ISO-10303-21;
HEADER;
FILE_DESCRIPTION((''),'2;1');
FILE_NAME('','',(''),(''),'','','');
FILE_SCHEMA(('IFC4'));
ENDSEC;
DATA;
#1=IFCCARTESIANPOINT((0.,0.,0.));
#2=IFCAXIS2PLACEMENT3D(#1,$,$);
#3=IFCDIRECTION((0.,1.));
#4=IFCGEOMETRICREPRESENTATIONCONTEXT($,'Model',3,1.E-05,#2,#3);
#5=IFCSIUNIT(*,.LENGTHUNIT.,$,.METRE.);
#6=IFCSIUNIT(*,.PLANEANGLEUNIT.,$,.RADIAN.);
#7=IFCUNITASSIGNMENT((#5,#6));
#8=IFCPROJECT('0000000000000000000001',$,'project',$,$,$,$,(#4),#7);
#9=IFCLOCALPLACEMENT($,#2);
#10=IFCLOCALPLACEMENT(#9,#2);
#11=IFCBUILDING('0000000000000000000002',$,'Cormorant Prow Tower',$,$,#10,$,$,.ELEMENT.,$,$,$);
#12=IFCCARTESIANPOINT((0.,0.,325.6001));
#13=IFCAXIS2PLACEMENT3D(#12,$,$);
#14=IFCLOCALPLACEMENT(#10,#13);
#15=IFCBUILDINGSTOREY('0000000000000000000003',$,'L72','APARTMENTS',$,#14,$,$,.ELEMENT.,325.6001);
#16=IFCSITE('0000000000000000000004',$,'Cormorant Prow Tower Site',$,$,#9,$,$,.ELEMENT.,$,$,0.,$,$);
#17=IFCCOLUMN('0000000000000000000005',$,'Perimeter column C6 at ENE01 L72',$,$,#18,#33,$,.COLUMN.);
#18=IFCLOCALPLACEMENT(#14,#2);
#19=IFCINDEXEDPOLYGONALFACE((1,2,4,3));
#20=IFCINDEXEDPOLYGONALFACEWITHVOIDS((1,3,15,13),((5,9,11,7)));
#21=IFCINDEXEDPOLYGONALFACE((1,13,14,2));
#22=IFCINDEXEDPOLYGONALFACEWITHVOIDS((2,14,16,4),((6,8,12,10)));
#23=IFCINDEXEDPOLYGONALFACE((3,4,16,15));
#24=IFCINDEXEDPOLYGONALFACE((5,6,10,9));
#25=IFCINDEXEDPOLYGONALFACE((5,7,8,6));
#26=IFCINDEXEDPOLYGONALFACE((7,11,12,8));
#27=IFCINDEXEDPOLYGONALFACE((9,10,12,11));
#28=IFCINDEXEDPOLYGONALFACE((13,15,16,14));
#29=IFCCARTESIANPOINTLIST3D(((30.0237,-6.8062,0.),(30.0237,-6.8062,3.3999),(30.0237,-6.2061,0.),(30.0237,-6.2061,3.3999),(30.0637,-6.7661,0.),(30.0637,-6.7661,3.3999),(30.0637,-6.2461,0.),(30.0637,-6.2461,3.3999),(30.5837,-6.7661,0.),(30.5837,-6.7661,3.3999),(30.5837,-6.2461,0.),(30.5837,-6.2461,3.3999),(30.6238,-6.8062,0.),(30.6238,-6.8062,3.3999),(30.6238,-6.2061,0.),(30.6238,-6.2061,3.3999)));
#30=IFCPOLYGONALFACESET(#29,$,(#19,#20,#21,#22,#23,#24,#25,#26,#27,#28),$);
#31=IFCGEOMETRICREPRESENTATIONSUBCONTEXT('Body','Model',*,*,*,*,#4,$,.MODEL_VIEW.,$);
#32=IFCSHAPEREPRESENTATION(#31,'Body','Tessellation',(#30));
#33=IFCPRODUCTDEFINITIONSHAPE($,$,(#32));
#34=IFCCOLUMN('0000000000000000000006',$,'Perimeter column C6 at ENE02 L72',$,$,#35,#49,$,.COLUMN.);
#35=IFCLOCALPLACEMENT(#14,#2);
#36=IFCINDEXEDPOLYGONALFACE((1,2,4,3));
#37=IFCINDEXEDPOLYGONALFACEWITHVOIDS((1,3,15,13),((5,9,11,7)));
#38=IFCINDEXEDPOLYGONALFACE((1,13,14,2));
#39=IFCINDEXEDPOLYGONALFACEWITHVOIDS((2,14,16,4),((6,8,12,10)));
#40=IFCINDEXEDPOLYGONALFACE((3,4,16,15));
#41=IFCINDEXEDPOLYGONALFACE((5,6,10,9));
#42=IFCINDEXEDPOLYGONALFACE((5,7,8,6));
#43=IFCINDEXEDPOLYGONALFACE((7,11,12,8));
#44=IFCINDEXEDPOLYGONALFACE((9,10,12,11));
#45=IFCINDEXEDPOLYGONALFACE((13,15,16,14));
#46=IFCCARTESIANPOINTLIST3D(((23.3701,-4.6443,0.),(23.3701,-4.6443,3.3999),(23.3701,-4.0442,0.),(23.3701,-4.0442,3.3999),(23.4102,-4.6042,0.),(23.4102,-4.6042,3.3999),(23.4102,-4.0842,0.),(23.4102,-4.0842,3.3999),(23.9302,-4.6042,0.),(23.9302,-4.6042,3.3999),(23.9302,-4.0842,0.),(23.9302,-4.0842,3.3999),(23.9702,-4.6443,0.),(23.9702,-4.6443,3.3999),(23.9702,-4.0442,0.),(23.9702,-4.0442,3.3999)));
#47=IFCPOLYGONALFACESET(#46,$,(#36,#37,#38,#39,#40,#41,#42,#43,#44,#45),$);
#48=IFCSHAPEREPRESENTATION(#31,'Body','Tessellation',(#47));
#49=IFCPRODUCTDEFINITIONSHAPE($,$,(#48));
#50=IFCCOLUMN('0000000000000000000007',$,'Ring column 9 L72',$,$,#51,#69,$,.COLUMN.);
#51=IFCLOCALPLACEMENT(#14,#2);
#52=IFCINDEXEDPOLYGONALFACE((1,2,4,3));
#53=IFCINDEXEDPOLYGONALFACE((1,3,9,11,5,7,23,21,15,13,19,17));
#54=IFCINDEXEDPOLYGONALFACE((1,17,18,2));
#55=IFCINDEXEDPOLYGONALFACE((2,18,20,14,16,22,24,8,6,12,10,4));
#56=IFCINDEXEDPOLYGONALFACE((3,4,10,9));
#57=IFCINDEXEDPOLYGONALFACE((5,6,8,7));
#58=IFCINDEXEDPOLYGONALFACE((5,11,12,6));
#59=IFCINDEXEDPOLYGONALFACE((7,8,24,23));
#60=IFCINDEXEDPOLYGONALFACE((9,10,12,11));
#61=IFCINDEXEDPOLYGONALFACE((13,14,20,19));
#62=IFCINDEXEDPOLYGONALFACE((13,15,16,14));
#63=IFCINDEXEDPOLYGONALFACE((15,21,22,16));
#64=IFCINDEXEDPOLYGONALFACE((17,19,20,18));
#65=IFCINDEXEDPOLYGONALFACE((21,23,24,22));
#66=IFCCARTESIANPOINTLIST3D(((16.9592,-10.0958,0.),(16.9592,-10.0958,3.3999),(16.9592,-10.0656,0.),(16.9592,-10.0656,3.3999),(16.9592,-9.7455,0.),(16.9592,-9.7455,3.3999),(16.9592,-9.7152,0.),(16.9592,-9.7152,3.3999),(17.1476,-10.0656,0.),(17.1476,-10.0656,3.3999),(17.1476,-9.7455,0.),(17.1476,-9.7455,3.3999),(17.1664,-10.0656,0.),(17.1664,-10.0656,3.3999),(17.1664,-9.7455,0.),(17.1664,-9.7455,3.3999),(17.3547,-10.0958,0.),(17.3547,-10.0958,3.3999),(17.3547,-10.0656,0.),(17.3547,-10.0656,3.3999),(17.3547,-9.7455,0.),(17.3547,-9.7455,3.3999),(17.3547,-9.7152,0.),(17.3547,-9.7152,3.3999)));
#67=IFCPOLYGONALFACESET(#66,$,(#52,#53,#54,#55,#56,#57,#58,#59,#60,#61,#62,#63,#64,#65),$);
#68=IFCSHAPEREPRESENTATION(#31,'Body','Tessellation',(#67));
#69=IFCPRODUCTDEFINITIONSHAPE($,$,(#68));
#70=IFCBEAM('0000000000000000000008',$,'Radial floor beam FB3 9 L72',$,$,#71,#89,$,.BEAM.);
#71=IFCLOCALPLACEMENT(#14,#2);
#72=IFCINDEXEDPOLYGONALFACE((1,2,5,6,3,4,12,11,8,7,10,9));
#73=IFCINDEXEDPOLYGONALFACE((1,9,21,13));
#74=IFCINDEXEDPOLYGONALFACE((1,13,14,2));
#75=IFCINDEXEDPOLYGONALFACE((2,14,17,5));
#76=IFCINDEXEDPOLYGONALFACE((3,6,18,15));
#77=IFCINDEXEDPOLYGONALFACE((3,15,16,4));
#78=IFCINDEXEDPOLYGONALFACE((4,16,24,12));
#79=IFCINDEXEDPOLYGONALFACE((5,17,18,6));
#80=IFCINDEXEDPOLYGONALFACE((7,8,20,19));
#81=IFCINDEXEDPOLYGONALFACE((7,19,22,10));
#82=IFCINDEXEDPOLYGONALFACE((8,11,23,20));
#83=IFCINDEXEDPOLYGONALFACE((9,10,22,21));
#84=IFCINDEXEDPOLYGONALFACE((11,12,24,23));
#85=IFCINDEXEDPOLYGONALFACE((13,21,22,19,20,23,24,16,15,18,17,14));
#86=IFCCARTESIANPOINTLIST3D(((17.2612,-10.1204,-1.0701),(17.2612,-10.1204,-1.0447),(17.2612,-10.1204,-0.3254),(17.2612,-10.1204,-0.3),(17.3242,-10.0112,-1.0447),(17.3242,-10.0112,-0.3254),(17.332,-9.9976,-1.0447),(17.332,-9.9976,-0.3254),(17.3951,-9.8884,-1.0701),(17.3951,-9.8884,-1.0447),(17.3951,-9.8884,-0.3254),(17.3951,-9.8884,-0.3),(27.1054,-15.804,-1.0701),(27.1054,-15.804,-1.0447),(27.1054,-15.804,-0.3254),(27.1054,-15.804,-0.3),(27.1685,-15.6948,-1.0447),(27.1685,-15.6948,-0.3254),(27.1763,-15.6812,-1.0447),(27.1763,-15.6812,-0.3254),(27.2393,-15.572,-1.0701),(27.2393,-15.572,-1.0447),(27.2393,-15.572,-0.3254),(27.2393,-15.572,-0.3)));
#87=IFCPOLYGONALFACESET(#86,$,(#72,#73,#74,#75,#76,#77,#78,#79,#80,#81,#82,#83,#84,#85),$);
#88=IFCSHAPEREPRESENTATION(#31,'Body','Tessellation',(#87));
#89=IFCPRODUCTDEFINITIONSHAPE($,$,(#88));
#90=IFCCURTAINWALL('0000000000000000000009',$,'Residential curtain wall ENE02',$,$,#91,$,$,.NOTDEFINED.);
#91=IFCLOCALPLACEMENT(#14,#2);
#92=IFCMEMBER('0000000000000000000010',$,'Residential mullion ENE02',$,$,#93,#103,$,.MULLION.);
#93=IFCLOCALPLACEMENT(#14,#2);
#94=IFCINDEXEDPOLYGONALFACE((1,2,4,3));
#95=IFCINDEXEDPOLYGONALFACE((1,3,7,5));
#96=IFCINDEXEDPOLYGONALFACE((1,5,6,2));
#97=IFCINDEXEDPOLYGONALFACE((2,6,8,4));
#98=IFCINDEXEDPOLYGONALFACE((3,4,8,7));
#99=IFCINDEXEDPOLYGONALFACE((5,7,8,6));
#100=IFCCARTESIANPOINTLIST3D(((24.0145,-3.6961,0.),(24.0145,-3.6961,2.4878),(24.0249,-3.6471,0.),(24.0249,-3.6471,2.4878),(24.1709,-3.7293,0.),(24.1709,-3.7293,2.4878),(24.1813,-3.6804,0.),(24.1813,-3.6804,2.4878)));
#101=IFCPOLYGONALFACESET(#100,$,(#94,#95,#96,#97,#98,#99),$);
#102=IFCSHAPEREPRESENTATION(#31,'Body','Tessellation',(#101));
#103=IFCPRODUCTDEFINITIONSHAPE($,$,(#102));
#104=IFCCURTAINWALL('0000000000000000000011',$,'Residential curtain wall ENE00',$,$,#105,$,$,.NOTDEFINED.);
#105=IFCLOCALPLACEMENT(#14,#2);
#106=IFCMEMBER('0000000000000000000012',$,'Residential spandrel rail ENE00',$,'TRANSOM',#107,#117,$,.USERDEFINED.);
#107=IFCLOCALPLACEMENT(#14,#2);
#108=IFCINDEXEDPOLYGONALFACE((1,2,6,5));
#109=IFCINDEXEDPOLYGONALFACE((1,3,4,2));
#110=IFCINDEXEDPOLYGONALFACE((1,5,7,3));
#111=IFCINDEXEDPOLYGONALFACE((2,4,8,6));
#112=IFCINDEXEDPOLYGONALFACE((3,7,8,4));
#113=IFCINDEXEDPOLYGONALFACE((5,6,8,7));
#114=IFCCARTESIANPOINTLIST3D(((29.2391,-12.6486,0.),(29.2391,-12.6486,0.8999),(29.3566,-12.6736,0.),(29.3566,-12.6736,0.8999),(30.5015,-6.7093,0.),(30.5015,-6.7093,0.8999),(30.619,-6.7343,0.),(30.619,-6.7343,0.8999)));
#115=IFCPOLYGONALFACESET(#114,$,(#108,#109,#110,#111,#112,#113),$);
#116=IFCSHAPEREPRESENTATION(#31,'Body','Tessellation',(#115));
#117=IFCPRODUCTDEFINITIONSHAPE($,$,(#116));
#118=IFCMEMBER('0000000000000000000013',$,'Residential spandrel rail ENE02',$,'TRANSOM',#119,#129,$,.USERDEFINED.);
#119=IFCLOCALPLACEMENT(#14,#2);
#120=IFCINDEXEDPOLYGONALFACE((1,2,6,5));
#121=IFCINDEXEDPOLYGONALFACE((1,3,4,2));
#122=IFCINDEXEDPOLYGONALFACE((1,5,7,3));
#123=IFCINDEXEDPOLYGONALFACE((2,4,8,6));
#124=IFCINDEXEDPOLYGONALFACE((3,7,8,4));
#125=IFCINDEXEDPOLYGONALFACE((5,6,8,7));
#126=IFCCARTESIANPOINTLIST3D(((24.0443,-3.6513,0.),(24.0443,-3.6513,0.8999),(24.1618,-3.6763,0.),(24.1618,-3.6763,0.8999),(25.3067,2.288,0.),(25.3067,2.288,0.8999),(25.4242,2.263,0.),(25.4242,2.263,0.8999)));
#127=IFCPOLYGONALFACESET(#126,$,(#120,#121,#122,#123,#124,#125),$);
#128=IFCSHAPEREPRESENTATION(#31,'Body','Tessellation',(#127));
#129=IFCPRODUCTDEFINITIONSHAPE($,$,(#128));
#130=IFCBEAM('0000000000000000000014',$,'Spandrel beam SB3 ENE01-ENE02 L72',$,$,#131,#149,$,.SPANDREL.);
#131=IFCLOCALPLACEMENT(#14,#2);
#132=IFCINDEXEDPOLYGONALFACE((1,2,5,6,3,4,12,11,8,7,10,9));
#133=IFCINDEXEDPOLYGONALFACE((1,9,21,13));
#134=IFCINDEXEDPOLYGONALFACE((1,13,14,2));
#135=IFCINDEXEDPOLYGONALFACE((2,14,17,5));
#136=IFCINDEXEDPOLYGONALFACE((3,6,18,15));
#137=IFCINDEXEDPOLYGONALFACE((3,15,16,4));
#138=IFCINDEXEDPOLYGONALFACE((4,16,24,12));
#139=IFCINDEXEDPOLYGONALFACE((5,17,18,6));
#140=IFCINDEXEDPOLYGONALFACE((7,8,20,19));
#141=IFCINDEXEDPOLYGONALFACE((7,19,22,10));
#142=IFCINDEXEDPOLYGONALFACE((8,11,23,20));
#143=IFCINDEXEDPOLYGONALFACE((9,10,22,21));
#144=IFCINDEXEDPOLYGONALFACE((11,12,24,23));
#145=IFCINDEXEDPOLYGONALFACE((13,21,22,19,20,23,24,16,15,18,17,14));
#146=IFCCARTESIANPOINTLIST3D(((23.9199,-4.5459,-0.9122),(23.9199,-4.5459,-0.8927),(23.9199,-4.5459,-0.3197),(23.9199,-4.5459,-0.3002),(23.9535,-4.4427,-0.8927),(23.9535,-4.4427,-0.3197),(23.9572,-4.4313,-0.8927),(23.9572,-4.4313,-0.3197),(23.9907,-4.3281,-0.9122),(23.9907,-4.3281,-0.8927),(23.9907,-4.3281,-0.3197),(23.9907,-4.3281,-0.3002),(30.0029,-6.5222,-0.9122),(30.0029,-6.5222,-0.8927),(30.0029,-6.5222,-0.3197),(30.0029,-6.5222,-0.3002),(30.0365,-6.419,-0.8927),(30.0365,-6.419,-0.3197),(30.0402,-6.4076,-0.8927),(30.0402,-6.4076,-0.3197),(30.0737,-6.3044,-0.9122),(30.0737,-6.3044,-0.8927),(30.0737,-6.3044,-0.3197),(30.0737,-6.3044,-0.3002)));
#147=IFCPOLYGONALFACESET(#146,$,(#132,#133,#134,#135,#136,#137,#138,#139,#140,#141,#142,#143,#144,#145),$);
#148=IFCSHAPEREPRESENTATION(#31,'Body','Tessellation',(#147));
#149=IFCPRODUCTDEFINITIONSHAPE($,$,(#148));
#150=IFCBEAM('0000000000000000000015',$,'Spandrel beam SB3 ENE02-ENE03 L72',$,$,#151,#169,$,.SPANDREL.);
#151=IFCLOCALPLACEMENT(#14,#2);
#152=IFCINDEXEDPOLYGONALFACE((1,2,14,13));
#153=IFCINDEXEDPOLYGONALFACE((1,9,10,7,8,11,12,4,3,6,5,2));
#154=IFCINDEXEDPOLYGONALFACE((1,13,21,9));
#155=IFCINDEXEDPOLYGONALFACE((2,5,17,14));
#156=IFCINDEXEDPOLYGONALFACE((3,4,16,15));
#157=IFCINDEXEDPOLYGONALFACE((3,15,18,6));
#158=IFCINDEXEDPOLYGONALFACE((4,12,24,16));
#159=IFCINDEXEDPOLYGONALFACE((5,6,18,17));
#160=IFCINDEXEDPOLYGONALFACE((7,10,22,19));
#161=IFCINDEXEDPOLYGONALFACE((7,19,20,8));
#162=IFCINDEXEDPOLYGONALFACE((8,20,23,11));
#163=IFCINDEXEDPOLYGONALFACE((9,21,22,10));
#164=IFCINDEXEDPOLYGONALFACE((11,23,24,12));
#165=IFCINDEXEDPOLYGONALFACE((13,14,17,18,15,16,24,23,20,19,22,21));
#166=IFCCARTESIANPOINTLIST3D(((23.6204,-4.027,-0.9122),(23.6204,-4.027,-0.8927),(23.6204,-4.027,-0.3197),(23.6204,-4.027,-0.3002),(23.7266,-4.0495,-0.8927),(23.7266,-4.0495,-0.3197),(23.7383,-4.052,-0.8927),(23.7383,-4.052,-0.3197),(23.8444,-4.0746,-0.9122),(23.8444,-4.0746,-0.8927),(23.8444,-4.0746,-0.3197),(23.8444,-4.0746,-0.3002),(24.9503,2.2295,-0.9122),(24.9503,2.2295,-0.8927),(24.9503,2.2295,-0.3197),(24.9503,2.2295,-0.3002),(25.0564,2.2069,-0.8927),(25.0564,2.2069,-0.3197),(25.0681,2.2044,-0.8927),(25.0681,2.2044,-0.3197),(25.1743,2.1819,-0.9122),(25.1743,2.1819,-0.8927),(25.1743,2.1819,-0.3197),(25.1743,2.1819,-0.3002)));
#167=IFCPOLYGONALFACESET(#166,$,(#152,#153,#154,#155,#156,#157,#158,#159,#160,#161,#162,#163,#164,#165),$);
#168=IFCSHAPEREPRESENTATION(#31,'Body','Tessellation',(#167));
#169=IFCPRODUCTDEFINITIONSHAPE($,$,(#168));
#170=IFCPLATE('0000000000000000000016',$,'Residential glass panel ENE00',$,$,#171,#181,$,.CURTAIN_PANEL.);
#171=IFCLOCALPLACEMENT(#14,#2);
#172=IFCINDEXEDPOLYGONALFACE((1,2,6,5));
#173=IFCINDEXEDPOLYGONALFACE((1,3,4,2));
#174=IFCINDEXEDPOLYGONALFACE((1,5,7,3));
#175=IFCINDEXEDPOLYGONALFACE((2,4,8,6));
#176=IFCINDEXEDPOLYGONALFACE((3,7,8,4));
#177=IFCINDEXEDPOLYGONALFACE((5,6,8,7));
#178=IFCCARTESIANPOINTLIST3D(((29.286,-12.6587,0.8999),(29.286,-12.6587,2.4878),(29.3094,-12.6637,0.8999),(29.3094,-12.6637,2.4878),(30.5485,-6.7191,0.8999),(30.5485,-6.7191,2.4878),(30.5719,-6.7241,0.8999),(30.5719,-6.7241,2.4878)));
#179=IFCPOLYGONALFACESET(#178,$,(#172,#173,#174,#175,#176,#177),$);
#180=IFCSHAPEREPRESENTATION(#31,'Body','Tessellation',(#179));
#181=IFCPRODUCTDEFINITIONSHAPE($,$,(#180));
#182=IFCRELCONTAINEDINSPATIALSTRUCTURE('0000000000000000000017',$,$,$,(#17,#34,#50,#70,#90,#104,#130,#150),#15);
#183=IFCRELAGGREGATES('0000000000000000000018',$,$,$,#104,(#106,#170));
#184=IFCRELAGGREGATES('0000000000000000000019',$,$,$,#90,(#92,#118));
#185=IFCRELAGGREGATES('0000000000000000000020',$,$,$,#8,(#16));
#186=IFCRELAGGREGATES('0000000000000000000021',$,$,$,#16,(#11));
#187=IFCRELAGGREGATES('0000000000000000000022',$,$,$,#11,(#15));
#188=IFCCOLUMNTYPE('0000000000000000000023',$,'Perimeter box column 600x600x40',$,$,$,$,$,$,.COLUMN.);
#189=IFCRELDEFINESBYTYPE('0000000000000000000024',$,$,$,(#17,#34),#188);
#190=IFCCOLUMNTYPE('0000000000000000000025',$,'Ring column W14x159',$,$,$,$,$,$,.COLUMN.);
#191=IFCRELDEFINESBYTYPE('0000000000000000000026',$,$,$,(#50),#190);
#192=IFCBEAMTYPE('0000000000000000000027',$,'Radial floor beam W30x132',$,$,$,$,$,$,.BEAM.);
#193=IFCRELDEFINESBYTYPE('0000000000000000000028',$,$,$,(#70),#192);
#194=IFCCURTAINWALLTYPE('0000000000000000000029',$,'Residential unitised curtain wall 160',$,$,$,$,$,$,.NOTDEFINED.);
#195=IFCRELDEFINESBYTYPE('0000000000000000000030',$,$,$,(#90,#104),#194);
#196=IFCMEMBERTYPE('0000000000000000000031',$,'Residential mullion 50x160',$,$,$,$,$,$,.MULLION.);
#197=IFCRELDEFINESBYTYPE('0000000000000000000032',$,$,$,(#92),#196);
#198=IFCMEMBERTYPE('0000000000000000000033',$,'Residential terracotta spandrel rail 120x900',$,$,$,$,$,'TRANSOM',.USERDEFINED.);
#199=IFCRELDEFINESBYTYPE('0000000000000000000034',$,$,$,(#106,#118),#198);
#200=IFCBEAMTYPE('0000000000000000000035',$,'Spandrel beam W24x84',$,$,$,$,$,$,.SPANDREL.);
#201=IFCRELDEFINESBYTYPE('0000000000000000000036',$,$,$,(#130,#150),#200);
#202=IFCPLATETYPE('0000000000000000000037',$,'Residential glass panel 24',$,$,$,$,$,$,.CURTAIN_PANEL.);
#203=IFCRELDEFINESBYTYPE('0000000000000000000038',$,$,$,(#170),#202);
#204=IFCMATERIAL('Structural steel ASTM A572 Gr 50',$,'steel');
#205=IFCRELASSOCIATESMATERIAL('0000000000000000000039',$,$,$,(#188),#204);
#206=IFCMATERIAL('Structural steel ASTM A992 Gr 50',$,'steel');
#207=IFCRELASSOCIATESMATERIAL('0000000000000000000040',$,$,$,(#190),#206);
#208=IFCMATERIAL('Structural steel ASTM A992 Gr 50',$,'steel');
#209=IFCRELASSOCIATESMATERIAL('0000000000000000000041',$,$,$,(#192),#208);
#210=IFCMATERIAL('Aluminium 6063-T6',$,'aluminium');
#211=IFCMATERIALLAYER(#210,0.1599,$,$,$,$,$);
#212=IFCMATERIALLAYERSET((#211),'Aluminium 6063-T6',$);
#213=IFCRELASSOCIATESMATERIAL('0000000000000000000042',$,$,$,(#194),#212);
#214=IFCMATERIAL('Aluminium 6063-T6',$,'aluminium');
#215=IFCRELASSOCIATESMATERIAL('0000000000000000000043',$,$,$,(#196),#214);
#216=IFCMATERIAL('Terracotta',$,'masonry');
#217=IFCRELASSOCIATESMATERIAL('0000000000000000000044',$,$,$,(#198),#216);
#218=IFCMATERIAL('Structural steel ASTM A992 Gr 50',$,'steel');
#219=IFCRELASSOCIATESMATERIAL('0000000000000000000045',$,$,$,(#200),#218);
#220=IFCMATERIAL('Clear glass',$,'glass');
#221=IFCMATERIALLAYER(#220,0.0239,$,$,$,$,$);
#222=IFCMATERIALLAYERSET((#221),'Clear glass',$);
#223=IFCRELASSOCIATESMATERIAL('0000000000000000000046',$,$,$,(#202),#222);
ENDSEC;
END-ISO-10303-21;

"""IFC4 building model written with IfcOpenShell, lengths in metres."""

from ifc_helpers import new_model, si_unit, direction, frame, origin, origin_2d, place, context, subcontext, project, spatial, rectangle, hollow_rectangle, i_section, extrude, material, layer, layer_set, material_profile, profile_set, type_object, element, aggregate, save


model = new_model("IFC4")

# Units and contexts
model_context = context("Model", 3, precision=1e-05, world=origin(), true_north=direction((0.0, 1.0)))
body_context = subcontext(model_context, "Body", "Model", "MODEL_VIEW")
ifc_project = project(units=[si_unit("LENGTHUNIT", "METRE"), si_unit("PLANEANGLEUNIT", "RADIAN")], contexts=[model_context])

# Site, building, storey
site_placement = place(None, origin())
site = spatial("IfcSite", under=ifc_project, at=site_placement, Name="Cormorant Prow Tower Site", CompositionType="ELEMENT", RefElevation=0.0)
building_placement = place(site_placement, origin())
building = spatial("IfcBuilding", under=site, at=building_placement, Name="Cormorant Prow Tower", CompositionType="ELEMENT")
storey_placement = place(building_placement, frame((0.0, 0.0, 325.6001)))
storey = spatial("IfcBuildingStorey", under=building, at=storey_placement, Name="L72", Description="APARTMENTS", CompositionType="ELEMENT", Elevation=325.6001)

# Columns
ifc_material_1 = material(Name="Structural steel ASTM A572 Gr 50", Category="steel")
ifc_material_profile_1 = material_profile(ifc_material_1, hollow_rectangle(XDim=0.6001, YDim=0.6001, WallThickness=0.04, at=origin_2d()), Name="Box 600x600x40")
ifc_profile_set_1 = profile_set([ifc_material_profile_1], Name="Structural steel ASTM A572 Gr 50")
column_type_1 = type_object("IfcColumnType", Name="Perimeter box column 600x600x40", PredefinedType="COLUMN", material=ifc_profile_set_1)
for number, where, z_axis, x_axis, name in (
    (1, (30.3237, -6.5061, 0.0), (0.0, 0.0, 1.0), (1.0, 0.0, 0.0), "Perimeter column C6 at ENE01 L72"),
    (2, (23.6702, -4.3442, 0.0), (0.0, 0.0, 1.0), (1.0, 0.0, 0.0), "Perimeter column C6 at ENE02 L72"),
):
    element("IfcColumn", number, at=place(storey_placement, frame(where, z_axis=z_axis, x_axis=x_axis)), inside=storey, type_object=column_type_1, Name=name, PredefinedType="COLUMN", context=body_context, shape_type="SweptSolid", body=[
        extrude(hollow_rectangle(XDim=0.6001, YDim=0.6001, WallThickness=0.04, at=origin_2d()), origin(), (0.0, 0.0, 1.0), 3.3999),
    ])
ifc_material_2 = material(Name="Structural steel ASTM A992 Gr 50", Category="steel")
ifc_material_profile_2 = material_profile(ifc_material_2, i_section(OverallWidth=0.3955, OverallDepth=0.3806, WebThickness=0.0188, FlangeThickness=0.0303, at=origin_2d()), Name="W14x159")
ifc_profile_set_2 = profile_set([ifc_material_profile_2], Name="Structural steel ASTM A992 Gr 50")
column_type_2 = type_object("IfcColumnType", Name="Ring column W14x159", PredefinedType="COLUMN", material=ifc_profile_set_2)
column_placement = place(storey_placement, frame((17.157, -9.9055, 0.0), z_axis=(0.0, 0.0, 1.0), x_axis=(1.0, 0.0, 0.0)))
element("IfcColumn", 3, at=column_placement, inside=storey, type_object=column_type_2, Name="Ring column 9 L72", PredefinedType="COLUMN", context=body_context, shape_type="SweptSolid", body=[
    extrude(i_section(OverallWidth=0.3955, OverallDepth=0.3806, WebThickness=0.0188, FlangeThickness=0.0303, at=origin_2d()), origin(), (0.0, 0.0, 1.0), 3.3999),
])

# Beam
ifc_material_3 = material(Name="Structural steel ASTM A992 Gr 50", Category="steel")
ifc_material_profile_3 = material_profile(ifc_material_3, i_section(OverallWidth=0.2678, OverallDepth=0.77, WebThickness=0.0156, FlangeThickness=0.0254, at=origin_2d()), Name="W30x132")
ifc_profile_set_3 = profile_set([ifc_material_profile_3], Name="Structural steel ASTM A992 Gr 50")
beam_type_1 = type_object("IfcBeamType", Name="Radial floor beam W30x132", PredefinedType="BEAM", material=ifc_profile_set_3)
beam_1_placement = place(storey_placement, frame((17.3281, -10.0044, -0.6851), z_axis=(0.866025, -0.500001, 0.0), x_axis=(0.500001, 0.866025, 0.0)))
element("IfcBeam", 4, at=beam_1_placement, inside=storey, type_object=beam_type_1, Name="Radial floor beam FB3 9 L72", PredefinedType="BEAM", context=body_context, shape_type="SweptSolid", body=[
    extrude(i_section(OverallWidth=0.2678, OverallDepth=0.77, WebThickness=0.0156, FlangeThickness=0.0254, at=origin_2d()), origin(), (0.0, 0.0, 1.0), 11.3672),
])

# Curtain walls, members
ifc_material_4 = material(Name="Aluminium 6063-T6", Category="aluminium")
ifc_layer_1 = layer(ifc_material_4, 0.1599)
ifc_layer_set_1 = layer_set([ifc_layer_1], Name="Aluminium 6063-T6")
curtain_wall_type = type_object("IfcCurtainWallType", Name="Residential unitised curtain wall 160", PredefinedType="NOTDEFINED", material=ifc_layer_set_1)
curtain_wall_1_placement = place(storey_placement, origin())
curtain_wall_1 = element("IfcCurtainWall", 5, at=curtain_wall_1_placement, inside=storey, type_object=curtain_wall_type, Name="Residential curtain wall ENE02", PredefinedType="NOTDEFINED")
ifc_material_5 = material(Name="Aluminium 6063-T6", Category="aluminium")
ifc_material_profile_4 = material_profile(ifc_material_5, rectangle(XDim=0.1599, YDim=0.05, at=origin_2d()), Name="Residential mullion 50x160")
ifc_profile_set_4 = profile_set([ifc_material_profile_4], Name="Aluminium 6063-T6")
member_type_1 = type_object("IfcMemberType", Name="Residential mullion 50x160", PredefinedType="MULLION", material=ifc_profile_set_4)
member_1_placement = place(storey_placement, frame((24.0979, -3.6882, 0.0), z_axis=(0.0, 0.0, 1.0), x_axis=(-0.978148, 0.207912, 0.0)))
member_1 = element("IfcMember", 6, at=member_1_placement, type_object=member_type_1, Name="Residential mullion ENE02", PredefinedType="MULLION", context=body_context, shape_type="SweptSolid", body=[
    extrude(rectangle(XDim=0.1599, YDim=0.05, at=origin_2d()), origin(), (0.0, 0.0, 1.0), 2.4878),
])
curtain_wall_2_placement = place(storey_placement, origin())
curtain_wall_2 = element("IfcCurtainWall", 7, at=curtain_wall_2_placement, inside=storey, type_object=curtain_wall_type, Name="Residential curtain wall ENE00", PredefinedType="NOTDEFINED")
ifc_material_6 = material(Name="Terracotta", Category="masonry")
ifc_material_profile_5 = material_profile(ifc_material_6, rectangle(XDim=0.1201, YDim=0.8999, at=origin_2d()), Name="Residential terracotta spandrel rail 120x900")
ifc_profile_set_5 = profile_set([ifc_material_profile_5], Name="Terracotta")
member_type_2 = type_object("IfcMemberType", Name="Residential terracotta spandrel rail 120x900", ElementType="TRANSOM", PredefinedType="USERDEFINED", material=ifc_profile_set_5)
member_2_placement = place(storey_placement, frame((29.2979, -12.6611, 0.45), z_axis=(0.207909, 0.978148, 0.0), x_axis=(-0.978148, 0.207909, 0.0)))
member_2 = element("IfcMember", 8, at=member_2_placement, type_object=member_type_2, Name="Residential spandrel rail ENE00", ObjectType="TRANSOM", PredefinedType="USERDEFINED", context=body_context, shape_type="SweptSolid", body=[
    extrude(rectangle(XDim=0.1201, YDim=0.8999, at=origin_2d()), origin(), (0.0, 0.0, 1.0), 6.072),
])

# Member
member_3_placement = place(storey_placement, frame((24.103, -3.6638, 0.45), z_axis=(0.207909, 0.978148, 0.0), x_axis=(-0.978148, 0.207909, 0.0)))
member_3 = element("IfcMember", 9, at=member_3_placement, type_object=member_type_2, Name="Residential spandrel rail ENE02", ObjectType="TRANSOM", PredefinedType="USERDEFINED", context=body_context, shape_type="SweptSolid", body=[
    extrude(rectangle(XDim=0.1201, YDim=0.8999, at=origin_2d()), origin(), (0.0, 0.0, 1.0), 6.072),
])

# Beams
ifc_material_7 = material(Name="Structural steel ASTM A992 Gr 50", Category="steel")
ifc_material_profile_6 = material_profile(ifc_material_7, i_section(OverallWidth=0.229, OverallDepth=0.6121, WebThickness=0.012, FlangeThickness=0.0195, at=origin_2d()), Name="W24x84")
ifc_profile_set_6 = profile_set([ifc_material_profile_6], Name="Structural steel ASTM A992 Gr 50")
beam_type_2 = type_object("IfcBeamType", Name="Spandrel beam W24x84", PredefinedType="SPANDREL", material=ifc_profile_set_6)
beam_2_placement = place(storey_placement, frame((30.0383, -6.4133, -0.6062), z_axis=(-0.951064, 0.308993, 0.0), x_axis=(-0.308993, -0.951064, 0.0)))
element("IfcBeam", 10, at=beam_2_placement, inside=storey, type_object=beam_type_2, Name="Spandrel beam SB3 ENE01-ENE02 L72", PredefinedType="SPANDREL", context=body_context, shape_type="SweptSolid", body=[
    extrude(i_section(OverallWidth=0.229, OverallDepth=0.6121, WebThickness=0.012, FlangeThickness=0.0195, at=origin_2d()), origin(), (0.0, 0.0, 1.0), 6.396),
])
beam_3_placement = place(storey_placement, frame((23.7324, -4.0508, -0.6062), z_axis=(0.207913, 0.978147, 0.0), x_axis=(-0.978147, 0.207913, 0.0)))
element("IfcBeam", 11, at=beam_3_placement, inside=storey, type_object=beam_type_2, Name="Spandrel beam SB3 ENE02-ENE03 L72", PredefinedType="SPANDREL", context=body_context, shape_type="SweptSolid", body=[
    extrude(i_section(OverallWidth=0.229, OverallDepth=0.6121, WebThickness=0.012, FlangeThickness=0.0195, at=origin_2d()), origin(), (0.0, 0.0, 1.0), 6.3962),
])

# Plate
ifc_material_8 = material(Name="Clear glass", Category="glass")
ifc_layer_2 = layer(ifc_material_8, 0.0239)
ifc_layer_set_2 = layer_set([ifc_layer_2], Name="Clear glass")
plate_type = type_object("IfcPlateType", Name="Residential glass panel 24", PredefinedType="CURTAIN_PANEL", material=ifc_layer_set_2)
plate_1_placement = place(storey_placement, frame((29.929, -9.6914, 0.8999), z_axis=(0.0, 0.0, 1.0), x_axis=(0.207912, 0.978148, 0.0)))
plate_1 = element("IfcPlate", 12, at=plate_1_placement, type_object=plate_type, Name="Residential glass panel ENE00", PredefinedType="CURTAIN_PANEL", context=body_context, shape_type="SweptSolid", body=[
    extrude(rectangle(XDim=6.0723, YDim=0.0239, at=origin_2d()), origin(), (0.0, 0.0, 1.0), 1.5879),
])
aggregate(curtain_wall_2, [member_2, plate_1])
aggregate(curtain_wall_1, [member_1, member_3])

save(model, "model.ifc")
